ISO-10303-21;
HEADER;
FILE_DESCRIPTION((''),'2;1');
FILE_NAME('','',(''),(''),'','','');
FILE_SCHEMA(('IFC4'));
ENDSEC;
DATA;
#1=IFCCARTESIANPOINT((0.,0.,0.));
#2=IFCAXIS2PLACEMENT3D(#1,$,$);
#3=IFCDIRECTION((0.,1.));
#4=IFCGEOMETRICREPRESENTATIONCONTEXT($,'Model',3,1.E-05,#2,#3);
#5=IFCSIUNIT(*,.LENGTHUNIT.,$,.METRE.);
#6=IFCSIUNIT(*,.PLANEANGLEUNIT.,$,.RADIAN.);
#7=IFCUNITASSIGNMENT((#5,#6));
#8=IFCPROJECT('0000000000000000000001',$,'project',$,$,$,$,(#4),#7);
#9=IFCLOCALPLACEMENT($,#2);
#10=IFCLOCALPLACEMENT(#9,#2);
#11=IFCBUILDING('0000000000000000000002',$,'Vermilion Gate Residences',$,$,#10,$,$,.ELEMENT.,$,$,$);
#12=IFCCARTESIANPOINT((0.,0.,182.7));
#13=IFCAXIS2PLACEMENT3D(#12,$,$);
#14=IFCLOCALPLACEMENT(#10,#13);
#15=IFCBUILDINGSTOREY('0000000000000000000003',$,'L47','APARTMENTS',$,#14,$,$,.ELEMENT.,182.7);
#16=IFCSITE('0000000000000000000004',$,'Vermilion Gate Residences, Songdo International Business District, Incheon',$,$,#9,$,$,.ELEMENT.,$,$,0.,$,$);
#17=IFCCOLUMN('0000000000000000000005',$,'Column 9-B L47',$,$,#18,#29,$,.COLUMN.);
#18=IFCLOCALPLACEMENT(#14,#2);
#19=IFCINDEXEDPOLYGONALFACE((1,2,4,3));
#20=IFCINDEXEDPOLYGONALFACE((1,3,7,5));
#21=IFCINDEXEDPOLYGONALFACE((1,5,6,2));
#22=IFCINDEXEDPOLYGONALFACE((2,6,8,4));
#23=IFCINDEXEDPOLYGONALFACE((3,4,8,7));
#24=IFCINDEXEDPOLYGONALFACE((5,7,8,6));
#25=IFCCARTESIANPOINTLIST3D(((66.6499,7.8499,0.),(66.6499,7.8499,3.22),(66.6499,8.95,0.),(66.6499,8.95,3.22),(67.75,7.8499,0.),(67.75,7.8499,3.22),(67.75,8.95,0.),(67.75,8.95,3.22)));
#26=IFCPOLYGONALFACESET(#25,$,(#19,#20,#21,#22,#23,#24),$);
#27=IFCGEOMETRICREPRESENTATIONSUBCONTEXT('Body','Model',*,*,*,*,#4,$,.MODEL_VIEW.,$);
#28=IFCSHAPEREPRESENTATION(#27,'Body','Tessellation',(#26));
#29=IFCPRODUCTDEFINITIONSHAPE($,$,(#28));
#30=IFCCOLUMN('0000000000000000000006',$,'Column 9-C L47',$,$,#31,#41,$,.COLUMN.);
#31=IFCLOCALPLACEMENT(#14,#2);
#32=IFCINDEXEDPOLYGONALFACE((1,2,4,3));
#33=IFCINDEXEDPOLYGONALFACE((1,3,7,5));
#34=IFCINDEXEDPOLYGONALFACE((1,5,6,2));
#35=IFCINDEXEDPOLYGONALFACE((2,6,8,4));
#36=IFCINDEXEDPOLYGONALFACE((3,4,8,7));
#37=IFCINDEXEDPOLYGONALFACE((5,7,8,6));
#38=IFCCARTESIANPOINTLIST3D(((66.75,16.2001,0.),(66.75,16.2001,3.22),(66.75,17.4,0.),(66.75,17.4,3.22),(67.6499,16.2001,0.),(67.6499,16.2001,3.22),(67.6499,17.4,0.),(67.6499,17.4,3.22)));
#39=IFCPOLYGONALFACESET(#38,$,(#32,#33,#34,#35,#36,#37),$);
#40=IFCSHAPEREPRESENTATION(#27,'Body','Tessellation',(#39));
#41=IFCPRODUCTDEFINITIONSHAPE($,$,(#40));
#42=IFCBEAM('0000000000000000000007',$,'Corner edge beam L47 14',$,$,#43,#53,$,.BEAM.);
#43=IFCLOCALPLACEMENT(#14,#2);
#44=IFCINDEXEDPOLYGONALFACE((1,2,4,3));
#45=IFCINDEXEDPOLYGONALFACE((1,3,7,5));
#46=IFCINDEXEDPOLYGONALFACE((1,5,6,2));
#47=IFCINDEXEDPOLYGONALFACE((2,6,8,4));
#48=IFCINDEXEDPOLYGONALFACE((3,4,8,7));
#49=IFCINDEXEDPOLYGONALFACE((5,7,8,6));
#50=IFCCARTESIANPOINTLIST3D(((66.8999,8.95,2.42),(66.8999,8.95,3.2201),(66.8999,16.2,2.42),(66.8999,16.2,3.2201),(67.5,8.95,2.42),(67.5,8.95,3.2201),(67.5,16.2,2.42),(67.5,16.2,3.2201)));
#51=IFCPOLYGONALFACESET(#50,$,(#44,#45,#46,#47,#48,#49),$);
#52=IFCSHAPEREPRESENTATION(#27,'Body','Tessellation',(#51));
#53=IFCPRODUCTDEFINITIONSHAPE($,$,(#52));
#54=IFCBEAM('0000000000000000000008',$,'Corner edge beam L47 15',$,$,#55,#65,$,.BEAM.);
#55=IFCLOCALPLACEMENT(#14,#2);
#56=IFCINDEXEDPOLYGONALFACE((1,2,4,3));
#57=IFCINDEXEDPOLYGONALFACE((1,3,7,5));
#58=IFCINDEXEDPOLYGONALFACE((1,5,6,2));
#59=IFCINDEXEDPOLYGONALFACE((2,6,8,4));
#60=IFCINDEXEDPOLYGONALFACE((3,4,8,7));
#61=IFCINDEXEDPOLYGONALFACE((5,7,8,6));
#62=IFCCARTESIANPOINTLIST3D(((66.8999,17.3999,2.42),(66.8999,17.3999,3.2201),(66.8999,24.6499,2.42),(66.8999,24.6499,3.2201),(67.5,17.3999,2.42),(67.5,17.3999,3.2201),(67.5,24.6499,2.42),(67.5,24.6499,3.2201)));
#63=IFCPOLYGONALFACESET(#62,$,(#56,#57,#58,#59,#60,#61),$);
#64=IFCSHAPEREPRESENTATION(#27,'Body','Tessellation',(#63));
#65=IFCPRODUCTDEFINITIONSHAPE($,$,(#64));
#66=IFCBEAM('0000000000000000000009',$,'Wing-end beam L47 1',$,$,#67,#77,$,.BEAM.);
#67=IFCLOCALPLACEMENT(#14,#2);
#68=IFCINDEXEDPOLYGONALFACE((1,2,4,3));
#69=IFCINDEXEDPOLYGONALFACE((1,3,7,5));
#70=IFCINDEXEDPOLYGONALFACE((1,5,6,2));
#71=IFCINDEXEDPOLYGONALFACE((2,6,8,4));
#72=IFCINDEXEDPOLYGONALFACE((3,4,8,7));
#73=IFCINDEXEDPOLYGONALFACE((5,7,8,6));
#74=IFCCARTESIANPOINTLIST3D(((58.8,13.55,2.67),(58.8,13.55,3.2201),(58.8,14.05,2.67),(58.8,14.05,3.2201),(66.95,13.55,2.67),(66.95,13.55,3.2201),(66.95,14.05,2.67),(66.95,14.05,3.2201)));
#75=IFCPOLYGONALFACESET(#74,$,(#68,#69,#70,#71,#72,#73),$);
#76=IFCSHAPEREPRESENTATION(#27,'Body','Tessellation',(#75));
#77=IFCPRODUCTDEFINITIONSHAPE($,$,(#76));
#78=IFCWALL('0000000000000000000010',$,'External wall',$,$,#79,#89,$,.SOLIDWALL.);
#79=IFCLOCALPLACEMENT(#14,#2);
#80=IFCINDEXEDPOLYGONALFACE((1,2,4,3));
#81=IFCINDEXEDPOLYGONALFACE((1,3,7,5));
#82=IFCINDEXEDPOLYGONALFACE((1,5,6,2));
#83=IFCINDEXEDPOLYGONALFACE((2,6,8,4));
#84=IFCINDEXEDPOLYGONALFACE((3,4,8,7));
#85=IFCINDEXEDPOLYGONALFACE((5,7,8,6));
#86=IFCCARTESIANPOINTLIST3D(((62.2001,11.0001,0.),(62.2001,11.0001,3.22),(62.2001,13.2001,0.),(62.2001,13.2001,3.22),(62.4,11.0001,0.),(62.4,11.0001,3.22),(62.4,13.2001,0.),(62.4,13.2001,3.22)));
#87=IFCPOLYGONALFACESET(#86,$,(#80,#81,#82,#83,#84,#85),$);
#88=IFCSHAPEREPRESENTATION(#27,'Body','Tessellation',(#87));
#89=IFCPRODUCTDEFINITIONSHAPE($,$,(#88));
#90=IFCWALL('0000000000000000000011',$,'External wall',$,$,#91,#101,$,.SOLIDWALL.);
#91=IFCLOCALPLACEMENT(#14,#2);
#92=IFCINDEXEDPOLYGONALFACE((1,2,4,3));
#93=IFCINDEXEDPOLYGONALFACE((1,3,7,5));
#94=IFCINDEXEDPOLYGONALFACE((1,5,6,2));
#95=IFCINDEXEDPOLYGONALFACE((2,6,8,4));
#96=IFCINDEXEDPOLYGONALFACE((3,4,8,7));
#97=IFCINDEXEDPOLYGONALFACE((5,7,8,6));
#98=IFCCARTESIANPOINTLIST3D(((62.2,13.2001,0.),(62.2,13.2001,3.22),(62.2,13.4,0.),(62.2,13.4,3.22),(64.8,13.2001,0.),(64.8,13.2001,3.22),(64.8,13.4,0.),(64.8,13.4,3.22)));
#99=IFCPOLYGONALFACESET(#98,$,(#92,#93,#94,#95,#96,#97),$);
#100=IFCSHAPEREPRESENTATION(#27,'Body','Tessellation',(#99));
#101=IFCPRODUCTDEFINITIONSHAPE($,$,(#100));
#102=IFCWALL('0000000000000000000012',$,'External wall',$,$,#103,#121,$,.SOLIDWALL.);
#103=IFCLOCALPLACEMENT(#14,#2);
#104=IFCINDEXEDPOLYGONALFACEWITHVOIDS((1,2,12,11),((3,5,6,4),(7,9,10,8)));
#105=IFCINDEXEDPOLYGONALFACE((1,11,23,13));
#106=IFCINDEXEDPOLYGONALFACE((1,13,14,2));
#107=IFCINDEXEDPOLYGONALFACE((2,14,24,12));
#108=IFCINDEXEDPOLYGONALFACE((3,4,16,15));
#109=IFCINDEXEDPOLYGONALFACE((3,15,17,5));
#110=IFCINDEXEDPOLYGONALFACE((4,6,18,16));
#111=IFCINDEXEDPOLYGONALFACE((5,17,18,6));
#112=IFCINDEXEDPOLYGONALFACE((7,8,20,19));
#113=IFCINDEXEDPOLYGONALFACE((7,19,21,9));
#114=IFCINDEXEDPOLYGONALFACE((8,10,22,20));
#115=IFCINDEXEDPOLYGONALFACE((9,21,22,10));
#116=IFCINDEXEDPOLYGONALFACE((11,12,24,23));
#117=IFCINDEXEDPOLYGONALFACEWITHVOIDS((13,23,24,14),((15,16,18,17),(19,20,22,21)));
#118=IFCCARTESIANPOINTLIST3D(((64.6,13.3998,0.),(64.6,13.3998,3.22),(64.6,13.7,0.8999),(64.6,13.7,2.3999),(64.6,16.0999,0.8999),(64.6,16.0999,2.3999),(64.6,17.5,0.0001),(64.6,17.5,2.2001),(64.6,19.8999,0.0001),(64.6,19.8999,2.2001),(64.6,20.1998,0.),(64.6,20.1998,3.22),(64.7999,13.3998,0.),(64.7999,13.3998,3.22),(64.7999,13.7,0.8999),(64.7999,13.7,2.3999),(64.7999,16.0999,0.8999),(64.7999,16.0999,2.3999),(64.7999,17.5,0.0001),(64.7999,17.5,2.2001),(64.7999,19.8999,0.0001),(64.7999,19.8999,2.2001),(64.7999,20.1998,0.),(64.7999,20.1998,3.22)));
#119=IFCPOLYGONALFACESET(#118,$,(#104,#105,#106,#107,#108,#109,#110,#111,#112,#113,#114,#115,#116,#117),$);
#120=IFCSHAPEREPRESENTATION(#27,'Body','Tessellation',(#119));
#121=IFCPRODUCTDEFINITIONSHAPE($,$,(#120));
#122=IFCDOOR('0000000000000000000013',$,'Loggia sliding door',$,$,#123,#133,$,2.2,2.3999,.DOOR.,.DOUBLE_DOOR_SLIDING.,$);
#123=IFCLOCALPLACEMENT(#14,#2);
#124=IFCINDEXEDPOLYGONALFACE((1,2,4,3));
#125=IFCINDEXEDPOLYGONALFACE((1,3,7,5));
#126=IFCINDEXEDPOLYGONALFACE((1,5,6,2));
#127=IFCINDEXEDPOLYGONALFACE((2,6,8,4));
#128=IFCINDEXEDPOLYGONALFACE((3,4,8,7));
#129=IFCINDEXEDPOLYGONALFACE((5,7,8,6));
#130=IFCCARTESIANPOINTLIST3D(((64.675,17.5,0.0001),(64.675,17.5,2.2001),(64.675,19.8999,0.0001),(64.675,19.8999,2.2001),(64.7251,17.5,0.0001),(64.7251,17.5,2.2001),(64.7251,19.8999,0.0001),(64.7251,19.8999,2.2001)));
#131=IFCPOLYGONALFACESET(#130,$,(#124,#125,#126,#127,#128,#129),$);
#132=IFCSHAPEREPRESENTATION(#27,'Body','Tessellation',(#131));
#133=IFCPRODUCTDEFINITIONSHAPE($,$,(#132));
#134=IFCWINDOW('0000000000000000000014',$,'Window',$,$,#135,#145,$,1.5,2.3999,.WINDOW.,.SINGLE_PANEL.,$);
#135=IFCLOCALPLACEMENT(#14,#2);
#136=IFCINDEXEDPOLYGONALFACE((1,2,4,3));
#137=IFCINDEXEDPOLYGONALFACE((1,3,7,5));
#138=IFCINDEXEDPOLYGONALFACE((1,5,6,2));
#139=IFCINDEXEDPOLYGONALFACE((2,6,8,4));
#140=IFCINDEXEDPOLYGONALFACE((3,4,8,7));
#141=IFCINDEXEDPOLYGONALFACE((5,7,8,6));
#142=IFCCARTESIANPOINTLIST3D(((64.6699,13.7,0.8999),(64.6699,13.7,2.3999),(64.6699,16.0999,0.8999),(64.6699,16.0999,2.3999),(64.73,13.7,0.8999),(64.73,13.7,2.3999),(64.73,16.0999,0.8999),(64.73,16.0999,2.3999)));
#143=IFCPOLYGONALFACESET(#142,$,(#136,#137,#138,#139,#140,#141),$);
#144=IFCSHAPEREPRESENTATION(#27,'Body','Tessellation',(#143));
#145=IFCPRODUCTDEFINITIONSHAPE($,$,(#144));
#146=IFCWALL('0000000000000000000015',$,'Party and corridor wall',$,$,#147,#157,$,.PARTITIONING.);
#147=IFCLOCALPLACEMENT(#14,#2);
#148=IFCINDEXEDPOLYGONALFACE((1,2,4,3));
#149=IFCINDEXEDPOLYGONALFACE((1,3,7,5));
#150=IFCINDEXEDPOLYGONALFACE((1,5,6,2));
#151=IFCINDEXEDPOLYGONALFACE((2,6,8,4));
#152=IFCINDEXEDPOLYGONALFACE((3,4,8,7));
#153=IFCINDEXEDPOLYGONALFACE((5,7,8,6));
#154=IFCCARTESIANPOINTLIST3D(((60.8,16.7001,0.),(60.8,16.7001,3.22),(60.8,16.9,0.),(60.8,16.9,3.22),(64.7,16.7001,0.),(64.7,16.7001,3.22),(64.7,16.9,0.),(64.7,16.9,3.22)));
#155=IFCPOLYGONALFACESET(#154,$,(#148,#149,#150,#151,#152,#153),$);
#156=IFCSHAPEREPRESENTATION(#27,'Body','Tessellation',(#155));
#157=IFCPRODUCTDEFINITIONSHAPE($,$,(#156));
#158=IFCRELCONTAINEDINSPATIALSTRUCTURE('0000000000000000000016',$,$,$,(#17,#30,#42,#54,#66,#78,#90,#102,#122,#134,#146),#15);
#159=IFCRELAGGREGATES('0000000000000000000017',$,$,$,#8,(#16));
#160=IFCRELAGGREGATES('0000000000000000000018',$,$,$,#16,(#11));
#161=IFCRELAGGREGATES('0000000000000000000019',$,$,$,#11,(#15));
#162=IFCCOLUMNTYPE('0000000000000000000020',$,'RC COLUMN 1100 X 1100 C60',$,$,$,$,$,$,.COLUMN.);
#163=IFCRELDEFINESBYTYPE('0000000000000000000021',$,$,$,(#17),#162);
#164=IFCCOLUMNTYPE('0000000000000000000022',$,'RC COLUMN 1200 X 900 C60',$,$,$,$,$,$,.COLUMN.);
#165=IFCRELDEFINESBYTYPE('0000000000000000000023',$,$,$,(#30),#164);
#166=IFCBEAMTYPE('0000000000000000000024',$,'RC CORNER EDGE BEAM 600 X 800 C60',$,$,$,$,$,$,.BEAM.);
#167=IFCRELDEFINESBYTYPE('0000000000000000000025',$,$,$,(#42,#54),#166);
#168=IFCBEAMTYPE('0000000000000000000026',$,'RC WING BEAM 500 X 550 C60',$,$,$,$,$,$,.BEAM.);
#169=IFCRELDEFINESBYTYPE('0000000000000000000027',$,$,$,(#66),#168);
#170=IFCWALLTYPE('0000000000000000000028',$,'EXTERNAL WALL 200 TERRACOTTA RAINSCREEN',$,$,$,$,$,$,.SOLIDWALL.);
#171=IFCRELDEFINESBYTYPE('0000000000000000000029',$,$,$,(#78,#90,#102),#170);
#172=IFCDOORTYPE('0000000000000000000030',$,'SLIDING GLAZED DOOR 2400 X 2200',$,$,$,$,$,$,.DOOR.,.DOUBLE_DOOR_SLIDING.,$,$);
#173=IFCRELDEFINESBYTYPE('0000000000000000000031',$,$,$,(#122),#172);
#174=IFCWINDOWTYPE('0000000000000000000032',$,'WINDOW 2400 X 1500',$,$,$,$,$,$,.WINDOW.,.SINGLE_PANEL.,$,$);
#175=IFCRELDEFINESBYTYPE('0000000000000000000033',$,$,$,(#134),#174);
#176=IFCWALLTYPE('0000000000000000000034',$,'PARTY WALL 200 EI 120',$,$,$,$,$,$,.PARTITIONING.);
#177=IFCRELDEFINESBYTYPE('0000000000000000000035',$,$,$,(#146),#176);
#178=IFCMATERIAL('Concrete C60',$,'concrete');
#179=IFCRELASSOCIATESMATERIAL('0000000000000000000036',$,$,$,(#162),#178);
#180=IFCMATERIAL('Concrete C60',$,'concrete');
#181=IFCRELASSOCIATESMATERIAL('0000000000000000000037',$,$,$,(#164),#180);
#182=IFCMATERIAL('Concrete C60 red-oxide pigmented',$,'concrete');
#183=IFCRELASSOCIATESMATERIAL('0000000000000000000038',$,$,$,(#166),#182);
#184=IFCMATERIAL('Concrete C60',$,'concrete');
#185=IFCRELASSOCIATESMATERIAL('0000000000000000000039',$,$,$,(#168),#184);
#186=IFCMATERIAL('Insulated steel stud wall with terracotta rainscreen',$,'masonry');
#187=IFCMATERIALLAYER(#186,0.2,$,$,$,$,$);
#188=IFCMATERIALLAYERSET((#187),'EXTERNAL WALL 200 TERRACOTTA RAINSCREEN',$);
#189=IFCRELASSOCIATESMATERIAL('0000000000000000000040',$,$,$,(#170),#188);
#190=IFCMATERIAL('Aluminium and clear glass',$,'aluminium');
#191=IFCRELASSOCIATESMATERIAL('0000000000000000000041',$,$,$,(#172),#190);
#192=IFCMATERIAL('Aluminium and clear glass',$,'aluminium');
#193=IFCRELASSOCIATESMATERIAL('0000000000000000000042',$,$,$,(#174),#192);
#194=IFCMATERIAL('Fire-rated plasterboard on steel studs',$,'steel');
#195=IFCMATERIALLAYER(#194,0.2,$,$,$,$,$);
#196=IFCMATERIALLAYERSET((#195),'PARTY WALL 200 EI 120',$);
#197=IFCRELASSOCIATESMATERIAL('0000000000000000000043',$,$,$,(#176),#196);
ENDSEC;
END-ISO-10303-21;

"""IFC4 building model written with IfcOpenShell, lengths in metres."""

from ifc_helpers import new_model, si_unit, direction, frame, frame_2d, origin, origin_2d, place, context, subcontext, project, spatial, rectangle, extrude, material, layer, layer_set, material_profile, profile_set, type_object, element, fill, save


model = new_model("IFC4")

# Units and contexts
model_context = context("Model", 3, precision=1e-05, world=origin(), true_north=direction((0.0, 1.0)))
body_context = subcontext(model_context, "Body", "Model", "MODEL_VIEW")
ifc_project = project(units=[si_unit("LENGTHUNIT", "METRE"), si_unit("PLANEANGLEUNIT", "RADIAN")], contexts=[model_context])

# Site, building, storey
site_placement = place(None, origin())
site = spatial("IfcSite", under=ifc_project, at=site_placement, Name="Vermilion Gate Residences, Songdo International Business District, Incheon", CompositionType="ELEMENT", RefElevation=0.0)
building_placement = place(site_placement, origin())
building = spatial("IfcBuilding", under=site, at=building_placement, Name="Vermilion Gate Residences", CompositionType="ELEMENT")
storey_placement = place(building_placement, frame((0.0, 0.0, 182.7)))
storey = spatial("IfcBuildingStorey", under=building, at=storey_placement, Name="L47", Description="APARTMENTS", CompositionType="ELEMENT", Elevation=182.7)

# Columns
ifc_material_1 = material(Name="Concrete C60", Category="concrete")
ifc_material_profile_1 = material_profile(ifc_material_1, rectangle(XDim=1.1001, YDim=1.1001, at=origin_2d()), Name="RC-1100x1100")
ifc_profile_set_1 = profile_set([ifc_material_profile_1], Name="Concrete C60")
column_type_1 = type_object("IfcColumnType", Name="RC COLUMN 1100 X 1100 C60", PredefinedType="COLUMN", material=ifc_profile_set_1)
column_1_placement = place(storey_placement, frame((67.2, 8.3999, 0.0), z_axis=(0.0, 0.0, 1.0), x_axis=(1.0, 0.0, 0.0)))
element("IfcColumn", 1, at=column_1_placement, inside=storey, type_object=column_type_1, Name="Column 9-B L47", PredefinedType="COLUMN", context=body_context, shape_type="SweptSolid", body=[
    extrude(rectangle(XDim=1.1001, YDim=1.1001, at=origin_2d()), origin(), (0.0, 0.0, 1.0), 3.22),
])
ifc_material_2 = material(Name="Concrete C60", Category="concrete")
ifc_material_profile_2 = material_profile(ifc_material_2, rectangle(XDim=1.2, YDim=0.8999, at=origin_2d()), Name="RC-1200x900")
ifc_profile_set_2 = profile_set([ifc_material_profile_2], Name="Concrete C60")
column_type_2 = type_object("IfcColumnType", Name="RC COLUMN 1200 X 900 C60", PredefinedType="COLUMN", material=ifc_profile_set_2)
column_2_placement = place(storey_placement, frame((67.2, 16.8, 0.0), z_axis=(0.0, 0.0, 1.0), x_axis=(0.0, 1.0, 0.0)))
element("IfcColumn", 2, at=column_2_placement, inside=storey, type_object=column_type_2, Name="Column 9-C L47", PredefinedType="COLUMN", context=body_context, shape_type="SweptSolid", body=[
    extrude(rectangle(XDim=1.2, YDim=0.8999, at=origin_2d()), origin(), (0.0, 0.0, 1.0), 3.22),
])

# Beams
ifc_material_3 = material(Name="Concrete C60 red-oxide pigmented", Category="concrete")
ifc_material_profile_3 = material_profile(ifc_material_3, rectangle(XDim=0.6001, YDim=0.8, at=origin_2d()), Name="RC-600x800")
ifc_profile_set_3 = profile_set([ifc_material_profile_3], Name="Concrete C60 red-oxide pigmented")
beam_type_1 = type_object("IfcBeamType", Name="RC CORNER EDGE BEAM 600 X 800 C60", PredefinedType="BEAM", material=ifc_profile_set_3)
for number, where, z_axis, x_axis, name in (
    (3, (67.2, 8.95, 2.8201), (0.0, 1.0, 0.0), (-1.0, 0.0, 0.0), "Corner edge beam L47 14"),
    (4, (67.2, 17.3999, 2.8201), (0.0, 1.0, 0.0), (-1.0, 0.0, 0.0), "Corner edge beam L47 15"),
):
    element("IfcBeam", number, at=place(storey_placement, frame(where, z_axis=z_axis, x_axis=x_axis)), inside=storey, type_object=beam_type_1, Name=name, PredefinedType="BEAM", context=body_context, shape_type="SweptSolid", body=[
        extrude(rectangle(XDim=0.6001, YDim=0.8, at=origin_2d()), origin(), (0.0, 0.0, 1.0), 7.25),
    ])
ifc_material_4 = material(Name="Concrete C60", Category="concrete")
ifc_material_profile_4 = material_profile(ifc_material_4, rectangle(XDim=0.5, YDim=0.55, at=origin_2d()), Name="RC-500x550")
ifc_profile_set_4 = profile_set([ifc_material_profile_4], Name="Concrete C60")
beam_type_2 = type_object("IfcBeamType", Name="RC WING BEAM 500 X 550 C60", PredefinedType="BEAM", material=ifc_profile_set_4)
beam_placement = place(storey_placement, frame((58.8, 13.8, 2.9451), z_axis=(1.0, 0.0, 0.0), x_axis=(0.0, 1.0, 0.0)))
element("IfcBeam", 5, at=beam_placement, inside=storey, type_object=beam_type_2, Name="Wing-end beam L47 1", PredefinedType="BEAM", context=body_context, shape_type="SweptSolid", body=[
    extrude(rectangle(XDim=0.5, YDim=0.55, at=origin_2d()), origin(), (0.0, 0.0, 1.0), 8.1499),
])

# Walls
ifc_material_5 = material(Name="Insulated steel stud wall with terracotta rainscreen", Category="masonry")
ifc_layer_1 = layer(ifc_material_5, 0.2)
ifc_layer_set_1 = layer_set([ifc_layer_1], Name="EXTERNAL WALL 200 TERRACOTTA RAINSCREEN")
wall_type_1 = type_object("IfcWallType", Name="EXTERNAL WALL 200 TERRACOTTA RAINSCREEN", PredefinedType="SOLIDWALL", material=ifc_layer_set_1)
wall_1_placement = place(storey_placement, frame((62.3, 11.0, 0.0), z_axis=(0.0, 0.0, 1.0), x_axis=(0.0, 1.0, 0.0)))
element("IfcWall", 6, at=wall_1_placement, inside=storey, type_object=wall_type_1, Name="External wall", PredefinedType="SOLIDWALL", context=body_context, shape_type="SweptSolid", body=[
    extrude(rectangle(XDim=2.2, YDim=0.2, at=frame_2d((1.1001, 0.0))), origin(), (0.0, 0.0, 1.0), 3.22),
])
wall_2_placement = place(storey_placement, frame((62.2, 13.3, 0.0), z_axis=(0.0, 0.0, 1.0), x_axis=(1.0, 0.0, 0.0)))
element("IfcWall", 7, at=wall_2_placement, inside=storey, type_object=wall_type_1, Name="External wall", PredefinedType="SOLIDWALL", context=body_context, shape_type="SweptSolid", body=[
    extrude(rectangle(XDim=2.6001, YDim=0.2, at=frame_2d((1.3, 0.0))), origin(), (0.0, 0.0, 1.0), 3.22),
])

# Wall, openings, door, window
wall_3_placement = place(storey_placement, frame((64.7, 13.3999, 0.0), z_axis=(0.0, 0.0, 1.0), x_axis=(0.0, 1.0, 0.0)))
wall_3 = element("IfcWall", 8, at=wall_3_placement, inside=storey, type_object=wall_type_1, Name="External wall", PredefinedType="SOLIDWALL", context=body_context, shape_type="SweptSolid", body=[
    extrude(rectangle(XDim=6.8, YDim=0.2, at=frame_2d((3.3999, 0.0))), origin(), (0.0, 0.0, 1.0), 3.22),
])
opening_1_placement = place(wall_3_placement, frame((0.3, 0.0, 0.8999)))
opening_1 = element("IfcOpeningElement", 9, at=opening_1_placement, cuts=wall_3, PredefinedType="OPENING", context=body_context, shape_type="SweptSolid", body=[
    extrude(rectangle(XDim=2.3999, YDim=1.5, at=frame_2d((1.2, 0.75))), frame((0.0, 0.1099, 0.0), z_axis=(0.0, -1.0, 0.0), x_axis=(1.0, 0.0, 0.0)), (0.0, 0.0, 1.0), 0.22),
])
opening_2_placement = place(wall_3_placement, frame((4.1001, 0.0, 0.0)))
opening_2 = element("IfcOpeningElement", 10, at=opening_2_placement, cuts=wall_3, PredefinedType="OPENING", context=body_context, shape_type="SweptSolid", body=[
    extrude(rectangle(XDim=2.3999, YDim=2.2, at=frame_2d((1.2, 1.1001))), frame((0.0, 0.1099, 0.0), z_axis=(0.0, -1.0, 0.0), x_axis=(1.0, 0.0, 0.0)), (0.0, 0.0, 1.0), 0.22),
])
ifc_material_6 = material(Name="Aluminium and clear glass", Category="aluminium")
door_type_1 = type_object("IfcDoorType", Name="SLIDING GLAZED DOOR 2400 X 2200", OperationType="DOUBLE_DOOR_SLIDING", PredefinedType="DOOR", material=ifc_material_6)
door_1_placement = place(opening_2_placement, origin())
door_1 = element("IfcDoor", 11, at=door_1_placement, inside=storey, type_object=door_type_1, Name="Loggia sliding door", OperationType="DOUBLE_DOOR_SLIDING", OverallHeight=2.2, OverallWidth=2.3999, PredefinedType="DOOR", context=body_context, shape_type="SweptSolid", body=[
    extrude(rectangle(XDim=2.3999, YDim=2.2, at=frame_2d((1.2, 1.1001))), frame((0.0, 0.0249, 0.0), z_axis=(0.0, -1.0, 0.0), x_axis=(1.0, 0.0, 0.0)), (0.0, 0.0, 1.0), 0.05),
])
fill(opening_2, door_1)
ifc_material_7 = material(Name="Aluminium and clear glass", Category="aluminium")
window_type = type_object("IfcWindowType", Name="WINDOW 2400 X 1500", PartitioningType="SINGLE_PANEL", PredefinedType="WINDOW", material=ifc_material_7)
window_placement = place(opening_1_placement, origin())
window = element("IfcWindow", 12, at=window_placement, inside=storey, type_object=window_type, Name="Window", OverallHeight=1.5, OverallWidth=2.3999, PartitioningType="SINGLE_PANEL", PredefinedType="WINDOW", context=body_context, shape_type="SweptSolid", body=[
    extrude(rectangle(XDim=2.3999, YDim=1.5, at=frame_2d((1.2, 0.75))), frame((0.0, 0.03, 0.0), z_axis=(0.0, -1.0, 0.0), x_axis=(1.0, 0.0, 0.0)), (0.0, 0.0, 1.0), 0.0601),
])
fill(opening_1, window)

# Wall
ifc_material_8 = material(Name="Fire-rated plasterboard on steel studs", Category="steel")
ifc_layer_2 = layer(ifc_material_8, 0.2)
ifc_layer_set_2 = layer_set([ifc_layer_2], Name="PARTY WALL 200 EI 120")
wall_type_2 = type_object("IfcWallType", Name="PARTY WALL 200 EI 120", PredefinedType="PARTITIONING", material=ifc_layer_set_2)
wall_4_placement = place(storey_placement, frame((60.8, 16.8, 0.0), z_axis=(0.0, 0.0, 1.0), x_axis=(1.0, 0.0, 0.0)))
element("IfcWall", 13, at=wall_4_placement, inside=storey, type_object=wall_type_2, Name="Party and corridor wall", PredefinedType="PARTITIONING", context=body_context, shape_type="SweptSolid", body=[
    extrude(rectangle(XDim=3.8999, YDim=0.2, at=frame_2d((1.95, 0.0))), origin(), (0.0, 0.0, 1.0), 3.22),
])

save(model, "model.ifc")
